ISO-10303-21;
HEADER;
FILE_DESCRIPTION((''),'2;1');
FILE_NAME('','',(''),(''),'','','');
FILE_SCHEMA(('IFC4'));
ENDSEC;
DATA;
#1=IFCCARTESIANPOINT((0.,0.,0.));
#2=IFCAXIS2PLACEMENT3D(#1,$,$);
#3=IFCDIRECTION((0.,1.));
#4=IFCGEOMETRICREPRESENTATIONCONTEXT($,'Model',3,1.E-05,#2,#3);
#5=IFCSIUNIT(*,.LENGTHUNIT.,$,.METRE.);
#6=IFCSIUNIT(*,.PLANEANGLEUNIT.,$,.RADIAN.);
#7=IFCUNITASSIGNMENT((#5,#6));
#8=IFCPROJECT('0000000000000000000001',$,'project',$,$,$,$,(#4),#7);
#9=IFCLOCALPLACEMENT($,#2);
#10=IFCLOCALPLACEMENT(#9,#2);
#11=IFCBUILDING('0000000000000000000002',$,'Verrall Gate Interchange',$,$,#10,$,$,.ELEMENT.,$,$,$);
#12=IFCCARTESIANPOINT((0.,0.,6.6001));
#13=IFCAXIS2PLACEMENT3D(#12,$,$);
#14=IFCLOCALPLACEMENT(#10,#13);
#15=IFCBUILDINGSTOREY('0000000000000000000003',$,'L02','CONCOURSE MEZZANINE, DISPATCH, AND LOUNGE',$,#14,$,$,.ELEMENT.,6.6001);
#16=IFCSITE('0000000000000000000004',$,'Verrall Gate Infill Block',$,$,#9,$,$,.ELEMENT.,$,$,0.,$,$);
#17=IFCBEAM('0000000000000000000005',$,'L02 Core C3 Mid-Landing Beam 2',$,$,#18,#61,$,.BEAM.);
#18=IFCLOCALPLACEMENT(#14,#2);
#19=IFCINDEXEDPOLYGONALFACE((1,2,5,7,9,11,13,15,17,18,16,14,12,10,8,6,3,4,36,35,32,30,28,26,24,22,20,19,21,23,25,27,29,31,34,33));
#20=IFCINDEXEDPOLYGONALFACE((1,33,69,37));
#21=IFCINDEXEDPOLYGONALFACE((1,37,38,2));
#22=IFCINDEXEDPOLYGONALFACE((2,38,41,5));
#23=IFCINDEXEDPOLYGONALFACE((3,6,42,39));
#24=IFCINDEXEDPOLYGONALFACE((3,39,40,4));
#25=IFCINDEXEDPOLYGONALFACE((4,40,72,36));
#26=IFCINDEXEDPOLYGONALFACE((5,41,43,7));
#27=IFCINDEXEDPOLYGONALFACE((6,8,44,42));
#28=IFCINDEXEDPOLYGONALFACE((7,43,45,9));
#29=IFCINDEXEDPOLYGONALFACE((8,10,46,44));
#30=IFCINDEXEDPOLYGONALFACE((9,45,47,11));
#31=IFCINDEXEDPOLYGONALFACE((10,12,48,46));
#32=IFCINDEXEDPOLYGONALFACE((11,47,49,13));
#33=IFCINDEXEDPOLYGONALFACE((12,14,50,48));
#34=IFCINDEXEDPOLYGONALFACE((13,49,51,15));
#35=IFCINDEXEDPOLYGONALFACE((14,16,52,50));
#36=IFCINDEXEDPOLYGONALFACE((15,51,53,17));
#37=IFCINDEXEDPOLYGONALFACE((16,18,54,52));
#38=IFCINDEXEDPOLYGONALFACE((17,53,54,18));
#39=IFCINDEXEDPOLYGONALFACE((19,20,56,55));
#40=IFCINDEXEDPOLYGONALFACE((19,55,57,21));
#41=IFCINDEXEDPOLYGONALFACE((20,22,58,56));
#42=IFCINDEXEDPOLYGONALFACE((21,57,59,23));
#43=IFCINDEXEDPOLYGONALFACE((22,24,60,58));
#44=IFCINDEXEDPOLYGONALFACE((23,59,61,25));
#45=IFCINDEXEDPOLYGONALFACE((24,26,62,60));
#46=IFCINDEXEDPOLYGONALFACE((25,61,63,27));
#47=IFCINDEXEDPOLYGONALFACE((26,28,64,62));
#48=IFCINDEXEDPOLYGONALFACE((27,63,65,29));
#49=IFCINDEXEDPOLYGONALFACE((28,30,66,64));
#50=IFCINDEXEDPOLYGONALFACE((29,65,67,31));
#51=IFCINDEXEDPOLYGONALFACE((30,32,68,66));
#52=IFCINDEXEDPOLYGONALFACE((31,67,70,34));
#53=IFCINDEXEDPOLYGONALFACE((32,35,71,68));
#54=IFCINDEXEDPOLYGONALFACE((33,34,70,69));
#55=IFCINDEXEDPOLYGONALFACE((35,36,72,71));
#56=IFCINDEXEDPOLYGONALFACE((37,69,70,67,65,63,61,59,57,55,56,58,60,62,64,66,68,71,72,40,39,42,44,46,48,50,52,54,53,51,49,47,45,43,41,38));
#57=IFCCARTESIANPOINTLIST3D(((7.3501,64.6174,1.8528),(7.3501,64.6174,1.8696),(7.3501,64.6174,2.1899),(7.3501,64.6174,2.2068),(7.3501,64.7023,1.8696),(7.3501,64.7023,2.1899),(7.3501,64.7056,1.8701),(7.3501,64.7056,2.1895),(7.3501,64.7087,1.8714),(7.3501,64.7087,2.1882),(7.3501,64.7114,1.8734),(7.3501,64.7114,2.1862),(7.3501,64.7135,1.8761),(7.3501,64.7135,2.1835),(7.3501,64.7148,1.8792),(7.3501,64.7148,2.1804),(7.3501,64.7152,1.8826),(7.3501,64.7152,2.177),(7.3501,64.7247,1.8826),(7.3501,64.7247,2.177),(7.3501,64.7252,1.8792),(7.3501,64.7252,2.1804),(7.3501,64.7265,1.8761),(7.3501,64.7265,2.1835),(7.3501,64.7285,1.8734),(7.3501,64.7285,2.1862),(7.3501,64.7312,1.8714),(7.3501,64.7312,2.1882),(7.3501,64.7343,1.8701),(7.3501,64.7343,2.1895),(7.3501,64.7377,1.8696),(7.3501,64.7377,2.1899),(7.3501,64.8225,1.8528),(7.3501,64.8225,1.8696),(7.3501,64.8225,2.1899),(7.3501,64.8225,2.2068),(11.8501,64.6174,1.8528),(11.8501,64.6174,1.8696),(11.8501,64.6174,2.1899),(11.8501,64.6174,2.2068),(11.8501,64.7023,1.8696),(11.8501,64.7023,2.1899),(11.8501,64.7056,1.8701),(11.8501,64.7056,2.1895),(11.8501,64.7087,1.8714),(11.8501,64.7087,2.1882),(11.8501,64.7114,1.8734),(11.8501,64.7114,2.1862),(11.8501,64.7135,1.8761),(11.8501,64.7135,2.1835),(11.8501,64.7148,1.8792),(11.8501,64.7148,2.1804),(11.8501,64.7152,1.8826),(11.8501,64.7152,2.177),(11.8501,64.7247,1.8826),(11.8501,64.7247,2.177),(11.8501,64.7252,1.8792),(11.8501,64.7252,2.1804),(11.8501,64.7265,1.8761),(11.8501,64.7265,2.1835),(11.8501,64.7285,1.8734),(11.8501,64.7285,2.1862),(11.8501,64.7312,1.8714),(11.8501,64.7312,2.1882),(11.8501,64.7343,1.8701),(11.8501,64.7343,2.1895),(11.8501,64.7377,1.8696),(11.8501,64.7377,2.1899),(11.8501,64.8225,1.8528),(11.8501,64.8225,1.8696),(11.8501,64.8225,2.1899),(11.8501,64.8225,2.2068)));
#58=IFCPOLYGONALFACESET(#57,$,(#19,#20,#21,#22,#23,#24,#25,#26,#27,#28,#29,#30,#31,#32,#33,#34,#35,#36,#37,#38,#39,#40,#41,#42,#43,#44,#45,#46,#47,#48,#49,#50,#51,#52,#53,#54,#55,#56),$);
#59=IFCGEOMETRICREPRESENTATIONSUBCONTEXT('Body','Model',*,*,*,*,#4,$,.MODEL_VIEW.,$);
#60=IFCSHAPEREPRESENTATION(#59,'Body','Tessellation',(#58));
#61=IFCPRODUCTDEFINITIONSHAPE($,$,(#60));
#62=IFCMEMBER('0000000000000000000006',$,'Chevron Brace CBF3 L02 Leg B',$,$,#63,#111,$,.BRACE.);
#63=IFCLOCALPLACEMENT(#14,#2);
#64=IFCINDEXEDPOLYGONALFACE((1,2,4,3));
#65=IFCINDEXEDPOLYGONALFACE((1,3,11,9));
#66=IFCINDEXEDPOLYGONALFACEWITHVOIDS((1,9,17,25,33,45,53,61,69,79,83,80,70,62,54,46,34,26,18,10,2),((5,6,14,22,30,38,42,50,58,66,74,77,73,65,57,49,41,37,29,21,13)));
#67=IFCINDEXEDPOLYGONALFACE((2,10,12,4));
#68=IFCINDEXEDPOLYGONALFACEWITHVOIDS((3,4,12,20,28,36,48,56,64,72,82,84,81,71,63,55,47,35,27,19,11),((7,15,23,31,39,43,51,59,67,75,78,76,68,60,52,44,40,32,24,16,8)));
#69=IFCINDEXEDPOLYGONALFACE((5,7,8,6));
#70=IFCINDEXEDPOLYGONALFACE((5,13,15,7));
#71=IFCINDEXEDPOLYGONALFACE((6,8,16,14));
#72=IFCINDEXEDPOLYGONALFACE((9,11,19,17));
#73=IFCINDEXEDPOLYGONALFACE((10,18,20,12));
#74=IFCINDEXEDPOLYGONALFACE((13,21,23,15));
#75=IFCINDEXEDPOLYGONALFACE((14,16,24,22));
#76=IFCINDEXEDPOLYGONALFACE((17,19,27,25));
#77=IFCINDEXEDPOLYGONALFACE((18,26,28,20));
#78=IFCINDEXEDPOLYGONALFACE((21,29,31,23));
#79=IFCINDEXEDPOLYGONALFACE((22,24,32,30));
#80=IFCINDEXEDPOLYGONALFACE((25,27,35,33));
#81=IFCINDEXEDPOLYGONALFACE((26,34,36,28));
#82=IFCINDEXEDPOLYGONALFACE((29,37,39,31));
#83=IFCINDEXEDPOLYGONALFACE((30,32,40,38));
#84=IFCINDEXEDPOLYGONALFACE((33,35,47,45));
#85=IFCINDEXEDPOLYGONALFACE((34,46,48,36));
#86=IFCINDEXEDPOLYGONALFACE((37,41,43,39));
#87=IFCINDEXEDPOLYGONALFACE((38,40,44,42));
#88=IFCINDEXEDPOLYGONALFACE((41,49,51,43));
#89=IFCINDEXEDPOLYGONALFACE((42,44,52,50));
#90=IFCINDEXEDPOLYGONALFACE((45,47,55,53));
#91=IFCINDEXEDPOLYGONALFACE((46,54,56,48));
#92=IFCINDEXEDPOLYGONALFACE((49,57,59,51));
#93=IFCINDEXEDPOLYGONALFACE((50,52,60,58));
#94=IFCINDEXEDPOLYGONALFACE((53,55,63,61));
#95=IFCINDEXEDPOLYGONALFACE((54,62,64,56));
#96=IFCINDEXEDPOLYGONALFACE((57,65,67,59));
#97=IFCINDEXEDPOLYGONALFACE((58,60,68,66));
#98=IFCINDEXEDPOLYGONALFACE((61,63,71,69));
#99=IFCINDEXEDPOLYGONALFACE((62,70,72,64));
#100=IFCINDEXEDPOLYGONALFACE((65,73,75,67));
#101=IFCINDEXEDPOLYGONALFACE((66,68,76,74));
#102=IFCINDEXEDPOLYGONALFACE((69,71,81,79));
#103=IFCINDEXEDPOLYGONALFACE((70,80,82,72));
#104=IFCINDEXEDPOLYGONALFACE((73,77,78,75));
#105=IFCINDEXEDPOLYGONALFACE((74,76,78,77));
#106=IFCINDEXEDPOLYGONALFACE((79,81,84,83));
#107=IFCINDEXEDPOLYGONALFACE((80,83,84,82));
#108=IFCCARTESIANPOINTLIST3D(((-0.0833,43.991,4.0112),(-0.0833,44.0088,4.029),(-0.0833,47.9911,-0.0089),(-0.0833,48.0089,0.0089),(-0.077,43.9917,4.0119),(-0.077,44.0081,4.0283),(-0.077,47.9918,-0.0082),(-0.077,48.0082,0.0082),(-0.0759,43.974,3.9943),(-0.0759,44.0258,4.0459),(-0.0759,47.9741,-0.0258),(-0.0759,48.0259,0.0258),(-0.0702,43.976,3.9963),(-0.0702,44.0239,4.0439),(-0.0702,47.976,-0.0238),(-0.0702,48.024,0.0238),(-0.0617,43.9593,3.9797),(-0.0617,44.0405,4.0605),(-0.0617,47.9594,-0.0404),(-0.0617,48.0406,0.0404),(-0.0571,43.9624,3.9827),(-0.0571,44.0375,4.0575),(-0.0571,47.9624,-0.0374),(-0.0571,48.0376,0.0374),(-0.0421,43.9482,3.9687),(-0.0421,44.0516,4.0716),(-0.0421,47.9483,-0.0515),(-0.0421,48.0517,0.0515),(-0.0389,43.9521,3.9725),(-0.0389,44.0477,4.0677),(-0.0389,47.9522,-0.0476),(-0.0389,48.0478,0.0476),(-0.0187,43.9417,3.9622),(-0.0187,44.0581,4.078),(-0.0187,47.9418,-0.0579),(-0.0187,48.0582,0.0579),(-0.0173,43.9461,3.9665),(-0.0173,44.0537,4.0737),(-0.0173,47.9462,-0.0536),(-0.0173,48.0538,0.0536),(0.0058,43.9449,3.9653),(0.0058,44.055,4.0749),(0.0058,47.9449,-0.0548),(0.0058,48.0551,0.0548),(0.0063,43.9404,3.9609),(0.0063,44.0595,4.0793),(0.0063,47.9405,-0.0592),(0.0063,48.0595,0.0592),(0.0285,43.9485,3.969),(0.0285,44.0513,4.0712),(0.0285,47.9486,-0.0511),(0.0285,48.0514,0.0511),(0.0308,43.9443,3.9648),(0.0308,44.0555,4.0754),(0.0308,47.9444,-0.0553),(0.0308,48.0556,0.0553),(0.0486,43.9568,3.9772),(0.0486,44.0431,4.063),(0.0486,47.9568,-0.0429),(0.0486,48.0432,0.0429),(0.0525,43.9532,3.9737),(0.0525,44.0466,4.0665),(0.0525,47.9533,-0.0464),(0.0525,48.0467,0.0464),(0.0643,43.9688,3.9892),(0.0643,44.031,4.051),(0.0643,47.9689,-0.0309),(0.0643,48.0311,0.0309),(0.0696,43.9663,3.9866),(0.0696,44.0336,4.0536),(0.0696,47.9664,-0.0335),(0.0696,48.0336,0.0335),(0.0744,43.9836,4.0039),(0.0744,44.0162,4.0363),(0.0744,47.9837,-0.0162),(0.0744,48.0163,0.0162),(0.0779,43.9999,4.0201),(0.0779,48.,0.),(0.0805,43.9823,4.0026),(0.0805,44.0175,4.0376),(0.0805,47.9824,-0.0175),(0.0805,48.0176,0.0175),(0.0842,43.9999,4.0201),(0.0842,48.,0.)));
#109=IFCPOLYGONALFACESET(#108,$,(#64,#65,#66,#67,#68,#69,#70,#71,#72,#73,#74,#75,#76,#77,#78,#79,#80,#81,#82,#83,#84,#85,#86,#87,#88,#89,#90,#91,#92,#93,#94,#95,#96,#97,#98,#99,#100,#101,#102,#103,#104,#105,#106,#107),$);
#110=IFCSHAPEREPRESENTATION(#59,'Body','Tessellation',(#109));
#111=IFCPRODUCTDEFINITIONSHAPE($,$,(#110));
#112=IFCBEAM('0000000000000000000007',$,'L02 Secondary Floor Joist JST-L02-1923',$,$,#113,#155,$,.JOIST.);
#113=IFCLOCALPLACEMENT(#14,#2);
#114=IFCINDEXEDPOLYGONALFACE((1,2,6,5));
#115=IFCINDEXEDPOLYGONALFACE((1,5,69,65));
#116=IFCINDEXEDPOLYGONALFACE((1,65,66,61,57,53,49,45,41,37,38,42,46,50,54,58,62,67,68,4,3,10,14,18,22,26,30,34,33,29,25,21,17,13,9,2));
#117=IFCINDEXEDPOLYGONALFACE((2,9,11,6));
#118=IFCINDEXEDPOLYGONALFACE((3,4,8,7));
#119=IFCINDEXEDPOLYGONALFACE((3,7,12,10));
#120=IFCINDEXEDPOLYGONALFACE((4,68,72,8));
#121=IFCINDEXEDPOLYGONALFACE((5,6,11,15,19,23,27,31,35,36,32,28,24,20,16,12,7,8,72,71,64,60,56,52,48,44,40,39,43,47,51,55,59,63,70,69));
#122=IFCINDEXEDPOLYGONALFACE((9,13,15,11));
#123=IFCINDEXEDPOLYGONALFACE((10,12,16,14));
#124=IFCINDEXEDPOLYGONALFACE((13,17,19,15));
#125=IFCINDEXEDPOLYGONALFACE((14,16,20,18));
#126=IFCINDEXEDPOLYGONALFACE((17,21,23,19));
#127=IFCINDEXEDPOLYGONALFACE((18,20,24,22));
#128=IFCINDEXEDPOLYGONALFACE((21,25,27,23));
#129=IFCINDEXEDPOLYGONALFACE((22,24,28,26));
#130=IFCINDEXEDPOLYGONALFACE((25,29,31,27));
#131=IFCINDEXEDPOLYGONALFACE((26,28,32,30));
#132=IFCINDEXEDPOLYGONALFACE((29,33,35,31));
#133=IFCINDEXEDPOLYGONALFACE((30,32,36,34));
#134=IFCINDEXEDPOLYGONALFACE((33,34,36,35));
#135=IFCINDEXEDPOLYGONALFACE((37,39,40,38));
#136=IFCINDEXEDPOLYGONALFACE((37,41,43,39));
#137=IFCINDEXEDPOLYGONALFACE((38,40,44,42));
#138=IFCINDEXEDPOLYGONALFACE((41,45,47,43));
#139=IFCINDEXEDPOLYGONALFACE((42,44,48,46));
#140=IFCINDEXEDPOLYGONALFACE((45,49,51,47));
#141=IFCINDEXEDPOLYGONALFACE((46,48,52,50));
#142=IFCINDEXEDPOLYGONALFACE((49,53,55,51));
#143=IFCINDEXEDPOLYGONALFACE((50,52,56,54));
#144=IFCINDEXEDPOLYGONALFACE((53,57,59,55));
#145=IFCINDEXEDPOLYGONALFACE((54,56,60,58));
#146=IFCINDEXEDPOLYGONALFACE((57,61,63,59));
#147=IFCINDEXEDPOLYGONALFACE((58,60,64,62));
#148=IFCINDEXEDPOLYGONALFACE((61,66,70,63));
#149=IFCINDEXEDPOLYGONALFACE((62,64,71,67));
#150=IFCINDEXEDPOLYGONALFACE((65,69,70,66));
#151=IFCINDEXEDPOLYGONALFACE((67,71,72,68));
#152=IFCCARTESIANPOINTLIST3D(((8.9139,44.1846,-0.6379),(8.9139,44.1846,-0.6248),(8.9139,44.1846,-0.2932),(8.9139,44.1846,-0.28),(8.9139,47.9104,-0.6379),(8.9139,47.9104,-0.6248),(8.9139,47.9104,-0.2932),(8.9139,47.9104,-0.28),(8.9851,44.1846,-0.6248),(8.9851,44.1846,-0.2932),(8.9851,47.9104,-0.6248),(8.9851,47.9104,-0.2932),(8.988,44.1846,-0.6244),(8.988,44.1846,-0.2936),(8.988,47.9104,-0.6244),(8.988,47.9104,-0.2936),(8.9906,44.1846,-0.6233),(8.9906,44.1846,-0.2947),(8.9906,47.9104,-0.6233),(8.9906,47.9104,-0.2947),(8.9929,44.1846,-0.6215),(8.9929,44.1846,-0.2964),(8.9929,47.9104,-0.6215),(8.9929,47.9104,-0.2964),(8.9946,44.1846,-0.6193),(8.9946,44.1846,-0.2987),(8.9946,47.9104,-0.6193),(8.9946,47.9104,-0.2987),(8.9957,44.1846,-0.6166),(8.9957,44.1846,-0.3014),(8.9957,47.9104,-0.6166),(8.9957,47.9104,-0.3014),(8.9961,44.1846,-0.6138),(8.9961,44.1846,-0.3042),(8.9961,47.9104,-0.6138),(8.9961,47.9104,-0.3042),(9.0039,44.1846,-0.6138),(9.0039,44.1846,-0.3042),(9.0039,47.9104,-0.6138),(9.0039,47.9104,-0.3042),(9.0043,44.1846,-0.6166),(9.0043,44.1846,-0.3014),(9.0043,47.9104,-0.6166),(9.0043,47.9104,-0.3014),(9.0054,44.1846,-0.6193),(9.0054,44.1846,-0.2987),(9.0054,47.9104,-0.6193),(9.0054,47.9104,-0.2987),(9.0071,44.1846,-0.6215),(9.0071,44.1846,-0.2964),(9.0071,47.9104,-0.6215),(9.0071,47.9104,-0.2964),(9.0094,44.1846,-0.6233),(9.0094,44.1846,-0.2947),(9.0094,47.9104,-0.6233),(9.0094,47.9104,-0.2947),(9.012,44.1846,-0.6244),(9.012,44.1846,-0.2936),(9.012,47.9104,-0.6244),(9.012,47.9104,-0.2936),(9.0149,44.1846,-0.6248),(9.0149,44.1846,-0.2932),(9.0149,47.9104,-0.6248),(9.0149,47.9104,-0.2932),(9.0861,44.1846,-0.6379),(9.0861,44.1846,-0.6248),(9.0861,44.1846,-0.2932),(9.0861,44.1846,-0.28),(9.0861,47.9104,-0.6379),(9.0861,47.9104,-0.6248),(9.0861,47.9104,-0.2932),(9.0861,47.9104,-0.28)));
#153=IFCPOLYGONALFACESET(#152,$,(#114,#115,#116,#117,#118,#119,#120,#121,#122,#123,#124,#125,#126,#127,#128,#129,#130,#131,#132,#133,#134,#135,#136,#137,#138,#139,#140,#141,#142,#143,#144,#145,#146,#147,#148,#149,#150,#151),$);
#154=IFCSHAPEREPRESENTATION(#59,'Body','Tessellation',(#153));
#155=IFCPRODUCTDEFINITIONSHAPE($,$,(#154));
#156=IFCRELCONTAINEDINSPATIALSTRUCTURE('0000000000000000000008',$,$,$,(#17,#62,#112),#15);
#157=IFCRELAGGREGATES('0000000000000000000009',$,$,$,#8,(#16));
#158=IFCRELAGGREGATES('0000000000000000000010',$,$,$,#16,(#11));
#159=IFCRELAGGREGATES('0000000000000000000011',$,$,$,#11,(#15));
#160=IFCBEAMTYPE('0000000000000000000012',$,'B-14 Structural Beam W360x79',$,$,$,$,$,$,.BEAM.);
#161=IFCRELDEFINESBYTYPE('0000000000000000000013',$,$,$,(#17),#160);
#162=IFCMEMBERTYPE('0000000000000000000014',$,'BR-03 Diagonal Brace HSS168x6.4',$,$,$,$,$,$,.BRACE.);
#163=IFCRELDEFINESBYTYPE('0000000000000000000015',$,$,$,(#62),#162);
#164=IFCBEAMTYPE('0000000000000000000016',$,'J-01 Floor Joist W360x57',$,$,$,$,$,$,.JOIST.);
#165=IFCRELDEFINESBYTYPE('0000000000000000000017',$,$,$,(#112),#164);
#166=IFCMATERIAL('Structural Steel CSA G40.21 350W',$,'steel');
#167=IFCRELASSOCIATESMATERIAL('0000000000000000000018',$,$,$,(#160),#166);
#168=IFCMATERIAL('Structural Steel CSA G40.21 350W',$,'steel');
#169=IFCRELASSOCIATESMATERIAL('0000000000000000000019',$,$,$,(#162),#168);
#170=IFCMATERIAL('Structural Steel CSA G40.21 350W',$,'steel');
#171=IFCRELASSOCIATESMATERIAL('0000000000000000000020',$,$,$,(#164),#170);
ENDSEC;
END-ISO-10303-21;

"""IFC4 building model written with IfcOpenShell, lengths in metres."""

from ifc_helpers import new_model, si_unit, direction, frame, origin, origin_2d, place, context, subcontext, project, spatial, hollow_circle, i_section, extrude, material, material_profile, profile_set, type_object, element, save


model = new_model("IFC4")

# Units and contexts
model_context = context("Model", 3, precision=1e-05, world=origin(), true_north=direction((0.0, 1.0)))
body_context = subcontext(model_context, "Body", "Model", "MODEL_VIEW")
ifc_project = project(units=[si_unit("LENGTHUNIT", "METRE"), si_unit("PLANEANGLEUNIT", "RADIAN")], contexts=[model_context])

# Site, building, storey
site_placement = place(None, origin())
site = spatial("IfcSite", under=ifc_project, at=site_placement, Name="Verrall Gate Infill Block", CompositionType="ELEMENT", RefElevation=0.0)
building_placement = place(site_placement, origin())
building = spatial("IfcBuilding", under=site, at=building_placement, Name="Verrall Gate Interchange", CompositionType="ELEMENT")
storey_placement = place(building_placement, frame((0.0, 0.0, 6.6001)))
storey = spatial("IfcBuildingStorey", under=building, at=storey_placement, Name="L02", Description="CONCOURSE MEZZANINE, DISPATCH, AND LOUNGE", CompositionType="ELEMENT", Elevation=6.6001)

# Beam
ifc_material_1 = material(Name="Structural Steel CSA G40.21 350W", Category="steel")
ifc_material_profile_1 = material_profile(ifc_material_1, i_section(OverallWidth=0.2051, OverallDepth=0.354, WebThickness=0.0095, FlangeThickness=0.0168, FilletRadius=0.0129, at=origin_2d()), Name="W360x79")
ifc_profile_set_1 = profile_set([ifc_material_profile_1], Name="Structural Steel CSA G40.21 350W")
beam_type_1 = type_object("IfcBeamType", Name="B-14 Structural Beam W360x79", PredefinedType="BEAM", material=ifc_profile_set_1)
for number, where, z_axis, x_axis, name in (
    (1, (7.3501, 64.72, 2.0298), (1.0, 0.0, 0.0), (0.0, 1.0, 0.0), "L02 Core C3 Mid-Landing Beam 2"),
):
    element("IfcBeam", number, at=place(storey_placement, frame(where, z_axis=z_axis, x_axis=x_axis)), inside=storey, type_object=beam_type_1, Name=name, PredefinedType="BEAM", context=body_context, shape_type="SweptSolid", body=[
        extrude(i_section(OverallWidth=0.2051, OverallDepth=0.354, WebThickness=0.0095, FlangeThickness=0.0168, FilletRadius=0.0129, at=origin_2d()), origin(), (0.0, 0.0, 1.0), 4.5),
    ])

# Member
ifc_material_2 = material(Name="Structural Steel CSA G40.21 350W", Category="steel")
ifc_material_profile_2 = material_profile(ifc_material_2, hollow_circle(Radius=0.0842, WallThickness=0.0063, at=origin_2d()), Name="HSS168x6.4")
ifc_profile_set_2 = profile_set([ifc_material_profile_2], Name="Structural Steel CSA G40.21 350W")
member_type = type_object("IfcMemberType", Name="BR-03 Diagonal Brace HSS168x6.4", PredefinedType="BRACE", material=ifc_profile_set_2)
member_placement = place(storey_placement, frame((0.0, 48.0, 0.0), z_axis=(0.0, -0.70534, 0.70887), x_axis=(1.0, 0.0, 0.0)))
element("IfcMember", 2, at=member_placement, inside=storey, type_object=member_type, Name="Chevron Brace CBF3 L02 Leg B", PredefinedType="BRACE", context=body_context, shape_type="SweptSolid", body=[
    extrude(hollow_circle(Radius=0.0842, WallThickness=0.0063, at=origin_2d()), origin(), (0.0, 0.0, 1.0), 5.6711),
])

# Beam
ifc_material_3 = material(Name="Structural Steel CSA G40.21 350W", Category="steel")
ifc_material_profile_3 = material_profile(ifc_material_3, i_section(OverallWidth=0.1721, OverallDepth=0.3579, WebThickness=0.0078, FlangeThickness=0.0132, FilletRadius=0.011, at=origin_2d()), Name="W360x57")
ifc_profile_set_3 = profile_set([ifc_material_profile_3], Name="Structural Steel CSA G40.21 350W")
beam_type_2 = type_object("IfcBeamType", Name="J-01 Floor Joist W360x57", PredefinedType="JOIST", material=ifc_profile_set_3)
beam_1_placement = place(storey_placement, frame((9.0, 44.1846, -0.459), z_axis=(0.0, 1.0, 0.0), x_axis=(-1.0, 0.0, 0.0)))
element("IfcBeam", 3, at=beam_1_placement, inside=storey, type_object=beam_type_2, Name="L02 Secondary Floor Joist JST-L02-1923", PredefinedType="JOIST", context=body_context, shape_type="SweptSolid", body=[
    extrude(i_section(OverallWidth=0.1721, OverallDepth=0.3579, WebThickness=0.0078, FlangeThickness=0.0132, FilletRadius=0.011, at=origin_2d()), origin(), (0.0, 0.0, 1.0), 3.7258),
])

save(model, "model.ifc")
